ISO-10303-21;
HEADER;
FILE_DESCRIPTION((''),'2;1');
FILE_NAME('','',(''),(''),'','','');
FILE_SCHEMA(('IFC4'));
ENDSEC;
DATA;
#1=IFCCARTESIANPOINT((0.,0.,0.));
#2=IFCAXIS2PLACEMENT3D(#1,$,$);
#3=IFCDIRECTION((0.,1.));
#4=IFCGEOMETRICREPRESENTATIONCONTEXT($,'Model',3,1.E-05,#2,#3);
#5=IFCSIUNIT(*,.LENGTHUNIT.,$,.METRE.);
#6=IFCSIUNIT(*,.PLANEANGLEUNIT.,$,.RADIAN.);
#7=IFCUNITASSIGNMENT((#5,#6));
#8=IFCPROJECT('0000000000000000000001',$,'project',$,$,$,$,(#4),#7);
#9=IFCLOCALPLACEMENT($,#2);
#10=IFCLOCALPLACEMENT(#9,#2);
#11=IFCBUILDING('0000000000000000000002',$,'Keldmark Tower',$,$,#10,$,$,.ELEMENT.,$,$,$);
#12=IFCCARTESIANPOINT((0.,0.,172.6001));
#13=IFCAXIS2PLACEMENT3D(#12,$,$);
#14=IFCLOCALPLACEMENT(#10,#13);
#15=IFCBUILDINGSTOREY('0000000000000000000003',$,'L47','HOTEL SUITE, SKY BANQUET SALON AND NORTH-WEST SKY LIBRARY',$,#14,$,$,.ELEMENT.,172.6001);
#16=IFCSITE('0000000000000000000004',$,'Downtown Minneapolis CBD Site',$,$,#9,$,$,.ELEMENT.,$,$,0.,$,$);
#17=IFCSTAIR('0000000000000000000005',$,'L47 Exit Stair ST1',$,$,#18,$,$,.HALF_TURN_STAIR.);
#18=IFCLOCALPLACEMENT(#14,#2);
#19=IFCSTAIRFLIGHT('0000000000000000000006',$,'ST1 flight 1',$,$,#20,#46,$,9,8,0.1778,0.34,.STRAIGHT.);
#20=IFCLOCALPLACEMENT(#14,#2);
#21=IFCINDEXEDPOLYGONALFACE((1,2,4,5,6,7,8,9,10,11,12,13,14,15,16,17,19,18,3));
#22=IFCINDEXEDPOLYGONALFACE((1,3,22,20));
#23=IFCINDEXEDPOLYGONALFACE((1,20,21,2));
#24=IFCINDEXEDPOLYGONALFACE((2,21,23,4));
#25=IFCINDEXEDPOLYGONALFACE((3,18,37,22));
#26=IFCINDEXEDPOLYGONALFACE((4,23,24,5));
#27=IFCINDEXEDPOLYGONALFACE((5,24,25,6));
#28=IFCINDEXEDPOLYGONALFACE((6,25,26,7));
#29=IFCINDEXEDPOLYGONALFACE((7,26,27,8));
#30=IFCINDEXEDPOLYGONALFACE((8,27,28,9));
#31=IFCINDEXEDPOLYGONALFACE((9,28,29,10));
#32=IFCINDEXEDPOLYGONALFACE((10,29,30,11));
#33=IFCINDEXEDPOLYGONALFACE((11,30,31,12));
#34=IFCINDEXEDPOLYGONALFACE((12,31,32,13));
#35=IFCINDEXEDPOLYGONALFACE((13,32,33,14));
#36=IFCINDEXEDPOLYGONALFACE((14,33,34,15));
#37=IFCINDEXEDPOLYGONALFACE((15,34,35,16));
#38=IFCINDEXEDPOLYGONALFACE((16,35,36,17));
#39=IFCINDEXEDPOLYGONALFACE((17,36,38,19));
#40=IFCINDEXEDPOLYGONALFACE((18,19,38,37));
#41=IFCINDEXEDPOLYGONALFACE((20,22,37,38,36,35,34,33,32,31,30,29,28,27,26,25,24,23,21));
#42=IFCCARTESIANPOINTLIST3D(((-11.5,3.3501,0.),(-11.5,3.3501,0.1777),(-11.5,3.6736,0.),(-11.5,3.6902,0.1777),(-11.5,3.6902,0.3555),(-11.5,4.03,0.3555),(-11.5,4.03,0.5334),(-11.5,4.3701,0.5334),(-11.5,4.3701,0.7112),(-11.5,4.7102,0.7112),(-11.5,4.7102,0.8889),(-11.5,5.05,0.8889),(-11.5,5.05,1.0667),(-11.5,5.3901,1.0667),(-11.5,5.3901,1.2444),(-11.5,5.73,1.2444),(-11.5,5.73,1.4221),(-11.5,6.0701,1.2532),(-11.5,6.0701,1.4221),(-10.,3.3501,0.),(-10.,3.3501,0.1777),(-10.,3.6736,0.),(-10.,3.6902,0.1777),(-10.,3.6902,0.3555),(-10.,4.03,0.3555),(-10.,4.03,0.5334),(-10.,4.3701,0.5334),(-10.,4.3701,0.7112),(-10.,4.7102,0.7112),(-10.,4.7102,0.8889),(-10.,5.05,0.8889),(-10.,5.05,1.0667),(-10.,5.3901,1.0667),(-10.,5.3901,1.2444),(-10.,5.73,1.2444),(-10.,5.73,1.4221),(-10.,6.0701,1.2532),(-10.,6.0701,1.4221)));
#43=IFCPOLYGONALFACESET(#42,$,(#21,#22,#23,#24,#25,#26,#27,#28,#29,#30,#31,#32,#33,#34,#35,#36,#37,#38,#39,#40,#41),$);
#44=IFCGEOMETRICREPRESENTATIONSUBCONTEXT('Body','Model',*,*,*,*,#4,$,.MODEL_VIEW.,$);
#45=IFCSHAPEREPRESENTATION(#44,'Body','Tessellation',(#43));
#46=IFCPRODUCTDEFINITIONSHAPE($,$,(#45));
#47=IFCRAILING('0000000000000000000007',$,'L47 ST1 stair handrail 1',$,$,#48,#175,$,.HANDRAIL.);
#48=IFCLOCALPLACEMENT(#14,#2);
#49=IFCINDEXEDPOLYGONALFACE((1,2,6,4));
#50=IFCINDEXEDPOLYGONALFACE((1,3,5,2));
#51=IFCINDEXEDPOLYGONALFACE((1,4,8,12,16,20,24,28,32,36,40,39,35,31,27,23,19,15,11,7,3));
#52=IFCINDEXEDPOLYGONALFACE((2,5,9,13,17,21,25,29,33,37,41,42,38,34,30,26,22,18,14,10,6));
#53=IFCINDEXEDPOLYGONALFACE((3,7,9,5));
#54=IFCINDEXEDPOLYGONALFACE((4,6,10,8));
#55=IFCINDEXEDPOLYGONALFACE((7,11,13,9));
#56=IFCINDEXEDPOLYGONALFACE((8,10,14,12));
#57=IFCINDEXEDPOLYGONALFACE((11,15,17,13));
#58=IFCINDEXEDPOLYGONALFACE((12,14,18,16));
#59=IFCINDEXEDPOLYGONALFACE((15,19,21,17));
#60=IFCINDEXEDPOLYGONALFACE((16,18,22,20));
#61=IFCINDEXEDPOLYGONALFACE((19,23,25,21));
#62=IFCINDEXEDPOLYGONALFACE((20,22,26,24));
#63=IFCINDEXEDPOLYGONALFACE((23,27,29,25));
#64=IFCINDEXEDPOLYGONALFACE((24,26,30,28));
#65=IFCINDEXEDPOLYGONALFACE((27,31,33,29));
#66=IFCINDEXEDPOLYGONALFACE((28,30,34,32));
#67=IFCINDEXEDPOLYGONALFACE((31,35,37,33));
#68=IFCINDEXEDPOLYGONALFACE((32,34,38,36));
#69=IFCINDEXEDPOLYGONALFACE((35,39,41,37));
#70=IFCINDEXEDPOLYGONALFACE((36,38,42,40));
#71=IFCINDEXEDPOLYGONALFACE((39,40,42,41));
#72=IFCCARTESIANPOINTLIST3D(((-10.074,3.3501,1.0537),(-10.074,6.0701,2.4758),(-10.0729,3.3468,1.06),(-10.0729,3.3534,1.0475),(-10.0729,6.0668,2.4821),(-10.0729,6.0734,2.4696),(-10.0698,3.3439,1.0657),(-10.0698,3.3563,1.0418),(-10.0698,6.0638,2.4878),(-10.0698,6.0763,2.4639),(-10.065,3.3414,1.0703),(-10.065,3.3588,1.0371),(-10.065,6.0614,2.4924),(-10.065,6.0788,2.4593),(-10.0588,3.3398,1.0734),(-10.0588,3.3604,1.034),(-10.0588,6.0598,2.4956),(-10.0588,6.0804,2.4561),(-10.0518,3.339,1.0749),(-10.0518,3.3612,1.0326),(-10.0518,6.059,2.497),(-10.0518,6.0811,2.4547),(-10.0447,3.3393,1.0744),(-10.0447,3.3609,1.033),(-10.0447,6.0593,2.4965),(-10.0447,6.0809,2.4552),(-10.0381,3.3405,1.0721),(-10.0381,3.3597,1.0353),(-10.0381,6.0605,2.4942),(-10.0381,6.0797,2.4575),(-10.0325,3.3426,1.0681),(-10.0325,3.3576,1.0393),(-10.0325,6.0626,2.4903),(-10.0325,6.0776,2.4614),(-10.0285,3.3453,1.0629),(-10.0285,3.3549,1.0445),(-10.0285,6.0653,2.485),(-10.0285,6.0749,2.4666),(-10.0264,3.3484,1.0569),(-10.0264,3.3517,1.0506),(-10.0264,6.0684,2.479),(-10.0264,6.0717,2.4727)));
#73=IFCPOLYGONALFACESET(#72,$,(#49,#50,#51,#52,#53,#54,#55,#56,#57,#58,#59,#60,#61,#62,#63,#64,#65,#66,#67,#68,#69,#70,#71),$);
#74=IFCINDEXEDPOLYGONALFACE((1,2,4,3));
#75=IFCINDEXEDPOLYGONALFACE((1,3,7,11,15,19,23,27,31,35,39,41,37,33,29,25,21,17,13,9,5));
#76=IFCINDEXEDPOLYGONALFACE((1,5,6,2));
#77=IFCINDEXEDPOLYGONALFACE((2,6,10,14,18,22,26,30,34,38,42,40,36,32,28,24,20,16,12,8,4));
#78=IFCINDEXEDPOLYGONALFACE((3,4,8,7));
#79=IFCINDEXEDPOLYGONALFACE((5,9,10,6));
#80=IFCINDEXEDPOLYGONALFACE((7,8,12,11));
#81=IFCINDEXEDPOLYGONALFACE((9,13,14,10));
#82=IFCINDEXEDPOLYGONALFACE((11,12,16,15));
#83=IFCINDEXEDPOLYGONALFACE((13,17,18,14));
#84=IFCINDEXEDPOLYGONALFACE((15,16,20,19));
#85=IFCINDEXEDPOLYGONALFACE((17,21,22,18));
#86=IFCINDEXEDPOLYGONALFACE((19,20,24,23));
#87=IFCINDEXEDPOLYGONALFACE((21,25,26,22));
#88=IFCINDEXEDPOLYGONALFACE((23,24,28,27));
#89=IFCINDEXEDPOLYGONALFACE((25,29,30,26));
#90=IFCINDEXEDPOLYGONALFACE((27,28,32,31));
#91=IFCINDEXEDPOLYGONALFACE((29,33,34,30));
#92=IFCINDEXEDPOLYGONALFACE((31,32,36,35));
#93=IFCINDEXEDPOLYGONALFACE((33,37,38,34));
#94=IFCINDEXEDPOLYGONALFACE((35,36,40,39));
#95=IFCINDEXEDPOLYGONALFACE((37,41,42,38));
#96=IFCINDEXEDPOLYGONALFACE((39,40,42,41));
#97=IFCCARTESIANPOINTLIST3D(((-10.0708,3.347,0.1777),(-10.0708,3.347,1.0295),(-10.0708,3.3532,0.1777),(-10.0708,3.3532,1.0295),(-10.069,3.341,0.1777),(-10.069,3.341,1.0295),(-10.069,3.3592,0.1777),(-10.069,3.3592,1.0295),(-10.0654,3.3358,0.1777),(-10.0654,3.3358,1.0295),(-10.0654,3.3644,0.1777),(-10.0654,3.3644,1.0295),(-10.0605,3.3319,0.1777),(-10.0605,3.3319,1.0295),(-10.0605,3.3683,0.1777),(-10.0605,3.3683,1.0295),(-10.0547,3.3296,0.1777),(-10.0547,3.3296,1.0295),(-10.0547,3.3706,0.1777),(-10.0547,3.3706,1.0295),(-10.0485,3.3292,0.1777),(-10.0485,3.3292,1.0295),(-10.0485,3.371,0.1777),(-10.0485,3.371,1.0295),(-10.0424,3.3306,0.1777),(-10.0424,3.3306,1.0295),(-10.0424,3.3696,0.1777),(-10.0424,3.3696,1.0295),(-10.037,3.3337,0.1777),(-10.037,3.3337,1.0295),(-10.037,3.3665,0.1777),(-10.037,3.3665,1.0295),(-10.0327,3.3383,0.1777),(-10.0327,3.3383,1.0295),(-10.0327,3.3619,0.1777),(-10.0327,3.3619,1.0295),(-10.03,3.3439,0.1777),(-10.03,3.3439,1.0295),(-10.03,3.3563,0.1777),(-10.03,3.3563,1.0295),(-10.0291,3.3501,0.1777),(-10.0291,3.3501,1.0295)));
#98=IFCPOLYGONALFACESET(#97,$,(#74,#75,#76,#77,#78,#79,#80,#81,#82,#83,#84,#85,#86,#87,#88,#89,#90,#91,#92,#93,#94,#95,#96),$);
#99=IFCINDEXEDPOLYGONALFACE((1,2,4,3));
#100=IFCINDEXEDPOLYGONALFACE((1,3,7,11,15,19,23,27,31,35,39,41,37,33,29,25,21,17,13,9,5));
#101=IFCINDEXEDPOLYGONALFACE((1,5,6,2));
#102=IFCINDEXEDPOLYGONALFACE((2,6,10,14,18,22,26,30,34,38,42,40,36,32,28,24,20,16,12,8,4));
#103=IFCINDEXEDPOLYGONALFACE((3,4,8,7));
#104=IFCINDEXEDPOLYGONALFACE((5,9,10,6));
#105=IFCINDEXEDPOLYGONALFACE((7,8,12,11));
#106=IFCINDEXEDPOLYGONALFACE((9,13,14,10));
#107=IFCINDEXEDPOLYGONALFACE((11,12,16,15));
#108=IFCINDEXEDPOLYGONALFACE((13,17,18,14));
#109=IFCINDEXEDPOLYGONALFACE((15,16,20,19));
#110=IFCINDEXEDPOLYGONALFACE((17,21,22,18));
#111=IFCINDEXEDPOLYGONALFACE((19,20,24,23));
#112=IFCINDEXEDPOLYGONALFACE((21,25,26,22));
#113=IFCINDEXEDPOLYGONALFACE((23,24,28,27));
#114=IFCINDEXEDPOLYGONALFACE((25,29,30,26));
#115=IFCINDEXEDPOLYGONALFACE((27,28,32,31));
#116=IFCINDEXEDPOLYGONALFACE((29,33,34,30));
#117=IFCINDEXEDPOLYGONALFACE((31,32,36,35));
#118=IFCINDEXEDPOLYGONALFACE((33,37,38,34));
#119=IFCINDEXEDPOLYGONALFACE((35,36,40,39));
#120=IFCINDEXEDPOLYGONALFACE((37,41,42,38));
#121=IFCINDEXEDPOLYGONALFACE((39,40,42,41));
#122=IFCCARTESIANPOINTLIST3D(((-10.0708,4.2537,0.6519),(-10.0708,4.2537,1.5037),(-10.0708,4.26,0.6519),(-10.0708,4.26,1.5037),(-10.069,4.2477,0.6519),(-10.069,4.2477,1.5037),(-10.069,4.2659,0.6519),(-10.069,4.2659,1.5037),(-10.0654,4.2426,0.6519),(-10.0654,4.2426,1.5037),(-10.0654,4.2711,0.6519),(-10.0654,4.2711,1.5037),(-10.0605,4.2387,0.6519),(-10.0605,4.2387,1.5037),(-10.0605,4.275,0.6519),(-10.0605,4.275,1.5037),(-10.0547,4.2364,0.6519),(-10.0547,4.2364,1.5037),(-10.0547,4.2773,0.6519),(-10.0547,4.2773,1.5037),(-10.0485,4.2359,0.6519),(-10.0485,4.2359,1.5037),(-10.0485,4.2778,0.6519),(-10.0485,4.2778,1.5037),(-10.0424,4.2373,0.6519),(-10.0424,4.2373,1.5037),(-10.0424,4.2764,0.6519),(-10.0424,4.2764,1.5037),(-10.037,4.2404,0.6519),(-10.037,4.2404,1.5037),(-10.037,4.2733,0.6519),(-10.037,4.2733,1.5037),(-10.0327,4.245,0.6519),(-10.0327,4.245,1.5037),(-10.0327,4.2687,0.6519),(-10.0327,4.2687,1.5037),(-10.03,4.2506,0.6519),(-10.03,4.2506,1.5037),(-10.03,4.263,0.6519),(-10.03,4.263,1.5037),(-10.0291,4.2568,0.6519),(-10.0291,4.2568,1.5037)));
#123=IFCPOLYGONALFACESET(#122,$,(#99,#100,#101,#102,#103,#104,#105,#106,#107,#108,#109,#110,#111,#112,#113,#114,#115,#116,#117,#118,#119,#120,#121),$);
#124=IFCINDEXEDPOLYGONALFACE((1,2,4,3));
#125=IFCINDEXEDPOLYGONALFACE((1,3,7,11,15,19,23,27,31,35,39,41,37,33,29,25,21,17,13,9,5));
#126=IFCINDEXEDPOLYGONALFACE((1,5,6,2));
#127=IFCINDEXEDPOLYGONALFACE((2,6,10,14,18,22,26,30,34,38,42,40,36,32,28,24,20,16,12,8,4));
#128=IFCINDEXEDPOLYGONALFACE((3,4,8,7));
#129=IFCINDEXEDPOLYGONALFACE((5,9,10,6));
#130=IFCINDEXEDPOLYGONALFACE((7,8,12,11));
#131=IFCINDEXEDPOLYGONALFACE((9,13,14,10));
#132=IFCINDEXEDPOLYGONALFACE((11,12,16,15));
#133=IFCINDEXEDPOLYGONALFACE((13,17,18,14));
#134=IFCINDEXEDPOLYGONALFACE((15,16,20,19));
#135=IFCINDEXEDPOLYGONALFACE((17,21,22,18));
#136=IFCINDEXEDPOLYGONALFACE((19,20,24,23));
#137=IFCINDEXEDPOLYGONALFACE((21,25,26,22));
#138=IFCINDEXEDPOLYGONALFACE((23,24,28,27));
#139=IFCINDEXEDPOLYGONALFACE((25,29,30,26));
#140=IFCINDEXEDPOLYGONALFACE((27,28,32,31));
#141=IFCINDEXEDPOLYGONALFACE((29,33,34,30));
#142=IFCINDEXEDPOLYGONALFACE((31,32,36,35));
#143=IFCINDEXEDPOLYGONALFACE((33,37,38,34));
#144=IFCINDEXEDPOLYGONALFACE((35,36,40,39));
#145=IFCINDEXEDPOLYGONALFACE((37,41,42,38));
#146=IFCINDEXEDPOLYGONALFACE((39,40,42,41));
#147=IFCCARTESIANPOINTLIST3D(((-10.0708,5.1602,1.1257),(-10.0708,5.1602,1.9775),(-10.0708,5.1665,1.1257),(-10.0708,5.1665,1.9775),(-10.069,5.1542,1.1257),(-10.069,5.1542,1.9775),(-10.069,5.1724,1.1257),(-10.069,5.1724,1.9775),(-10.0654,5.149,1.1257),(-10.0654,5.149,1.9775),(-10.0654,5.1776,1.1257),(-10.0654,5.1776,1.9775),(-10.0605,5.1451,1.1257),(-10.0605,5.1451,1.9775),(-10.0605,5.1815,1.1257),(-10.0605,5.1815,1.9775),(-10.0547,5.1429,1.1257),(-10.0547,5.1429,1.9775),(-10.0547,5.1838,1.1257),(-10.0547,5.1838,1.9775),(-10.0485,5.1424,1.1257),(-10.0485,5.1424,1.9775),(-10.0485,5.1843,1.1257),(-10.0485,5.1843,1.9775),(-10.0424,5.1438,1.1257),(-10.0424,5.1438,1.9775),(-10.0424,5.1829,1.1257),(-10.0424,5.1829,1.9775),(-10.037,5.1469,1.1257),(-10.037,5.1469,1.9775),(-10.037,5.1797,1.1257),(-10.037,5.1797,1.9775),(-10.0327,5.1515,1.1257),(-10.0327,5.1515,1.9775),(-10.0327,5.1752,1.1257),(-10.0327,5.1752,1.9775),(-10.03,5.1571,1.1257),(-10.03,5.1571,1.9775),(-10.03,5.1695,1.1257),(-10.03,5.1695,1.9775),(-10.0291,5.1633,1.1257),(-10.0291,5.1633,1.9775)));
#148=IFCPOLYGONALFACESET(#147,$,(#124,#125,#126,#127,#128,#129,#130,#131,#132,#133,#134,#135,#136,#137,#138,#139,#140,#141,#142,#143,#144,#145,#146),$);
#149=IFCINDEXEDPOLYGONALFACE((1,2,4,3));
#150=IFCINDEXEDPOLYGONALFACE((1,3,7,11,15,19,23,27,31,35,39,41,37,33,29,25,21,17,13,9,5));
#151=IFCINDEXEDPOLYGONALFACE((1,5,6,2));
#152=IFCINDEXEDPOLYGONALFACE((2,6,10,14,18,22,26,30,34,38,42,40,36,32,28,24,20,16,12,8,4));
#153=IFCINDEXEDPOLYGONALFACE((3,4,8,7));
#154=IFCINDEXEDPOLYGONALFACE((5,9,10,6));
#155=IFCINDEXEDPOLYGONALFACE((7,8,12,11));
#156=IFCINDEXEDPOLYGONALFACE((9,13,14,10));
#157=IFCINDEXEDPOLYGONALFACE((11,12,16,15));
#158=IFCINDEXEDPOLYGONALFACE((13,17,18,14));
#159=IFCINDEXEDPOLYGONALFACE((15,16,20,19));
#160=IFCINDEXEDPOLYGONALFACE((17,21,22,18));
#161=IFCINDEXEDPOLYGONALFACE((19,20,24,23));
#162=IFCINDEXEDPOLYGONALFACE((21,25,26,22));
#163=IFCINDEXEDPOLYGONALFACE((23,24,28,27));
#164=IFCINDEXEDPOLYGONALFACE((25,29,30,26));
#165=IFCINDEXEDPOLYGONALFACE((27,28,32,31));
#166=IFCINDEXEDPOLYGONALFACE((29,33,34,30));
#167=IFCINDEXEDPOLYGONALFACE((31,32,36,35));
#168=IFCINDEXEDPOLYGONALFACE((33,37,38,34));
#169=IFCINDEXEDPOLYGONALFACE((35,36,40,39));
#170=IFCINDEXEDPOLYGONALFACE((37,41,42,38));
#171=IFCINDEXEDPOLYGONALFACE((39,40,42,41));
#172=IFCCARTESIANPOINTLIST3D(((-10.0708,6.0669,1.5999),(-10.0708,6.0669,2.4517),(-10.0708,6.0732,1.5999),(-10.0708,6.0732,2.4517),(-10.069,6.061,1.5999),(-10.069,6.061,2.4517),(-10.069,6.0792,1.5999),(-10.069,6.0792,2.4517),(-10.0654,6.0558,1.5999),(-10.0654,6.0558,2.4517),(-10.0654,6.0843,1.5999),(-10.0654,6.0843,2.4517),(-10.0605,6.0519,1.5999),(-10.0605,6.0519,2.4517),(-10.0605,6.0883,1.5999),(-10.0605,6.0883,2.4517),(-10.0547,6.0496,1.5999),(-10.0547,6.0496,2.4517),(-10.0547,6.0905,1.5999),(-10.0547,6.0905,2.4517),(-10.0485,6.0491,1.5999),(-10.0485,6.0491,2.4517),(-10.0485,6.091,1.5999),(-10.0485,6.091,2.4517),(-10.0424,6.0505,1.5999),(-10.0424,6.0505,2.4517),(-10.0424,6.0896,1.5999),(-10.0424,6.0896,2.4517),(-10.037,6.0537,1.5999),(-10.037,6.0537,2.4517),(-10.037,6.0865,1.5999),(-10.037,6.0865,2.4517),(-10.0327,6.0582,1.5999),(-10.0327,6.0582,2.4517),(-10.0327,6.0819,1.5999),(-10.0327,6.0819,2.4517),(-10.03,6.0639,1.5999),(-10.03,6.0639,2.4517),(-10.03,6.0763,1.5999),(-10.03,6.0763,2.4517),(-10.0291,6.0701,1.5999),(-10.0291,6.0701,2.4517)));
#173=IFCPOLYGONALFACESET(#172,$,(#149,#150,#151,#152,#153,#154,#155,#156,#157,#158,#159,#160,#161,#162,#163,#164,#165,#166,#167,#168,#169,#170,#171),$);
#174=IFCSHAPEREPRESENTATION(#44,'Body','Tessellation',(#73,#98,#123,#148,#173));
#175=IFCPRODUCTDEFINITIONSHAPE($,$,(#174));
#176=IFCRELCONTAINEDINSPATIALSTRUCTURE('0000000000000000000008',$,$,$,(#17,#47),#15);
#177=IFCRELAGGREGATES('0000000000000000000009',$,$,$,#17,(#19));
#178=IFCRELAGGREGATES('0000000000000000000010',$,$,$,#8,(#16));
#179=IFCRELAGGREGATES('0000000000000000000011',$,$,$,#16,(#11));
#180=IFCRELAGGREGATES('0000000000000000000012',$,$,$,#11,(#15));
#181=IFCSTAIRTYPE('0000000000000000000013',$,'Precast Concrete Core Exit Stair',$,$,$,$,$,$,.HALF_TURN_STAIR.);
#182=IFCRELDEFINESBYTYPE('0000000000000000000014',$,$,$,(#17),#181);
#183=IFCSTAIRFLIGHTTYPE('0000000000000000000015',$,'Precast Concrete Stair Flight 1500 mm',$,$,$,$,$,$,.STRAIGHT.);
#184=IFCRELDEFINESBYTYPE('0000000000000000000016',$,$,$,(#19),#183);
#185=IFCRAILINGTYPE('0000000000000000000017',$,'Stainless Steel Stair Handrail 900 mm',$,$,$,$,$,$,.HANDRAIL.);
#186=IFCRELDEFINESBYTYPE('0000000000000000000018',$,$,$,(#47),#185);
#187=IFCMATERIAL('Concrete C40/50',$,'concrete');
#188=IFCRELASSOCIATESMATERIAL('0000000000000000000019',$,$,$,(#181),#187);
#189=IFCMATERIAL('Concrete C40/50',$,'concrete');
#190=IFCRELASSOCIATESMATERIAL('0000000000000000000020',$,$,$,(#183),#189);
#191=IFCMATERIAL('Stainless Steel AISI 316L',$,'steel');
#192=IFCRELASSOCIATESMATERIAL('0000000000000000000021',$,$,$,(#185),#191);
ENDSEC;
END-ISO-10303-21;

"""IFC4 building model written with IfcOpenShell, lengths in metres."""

from ifc_helpers import new_model, si_unit, direction, frame, origin, origin_2d, place, context, subcontext, project, spatial, polyline, circle, outline, extrude, material, type_object, element, aggregate, save


model = new_model("IFC4")

# Units and contexts
model_context = context("Model", 3, precision=1e-05, world=origin(), true_north=direction((0.0, 1.0)))
body_context = subcontext(model_context, "Body", "Model", "MODEL_VIEW")
ifc_project = project(units=[si_unit("LENGTHUNIT", "METRE"), si_unit("PLANEANGLEUNIT", "RADIAN")], contexts=[model_context])

# Site, building, storey
site_placement = place(None, origin())
site = spatial("IfcSite", under=ifc_project, at=site_placement, Name="Downtown Minneapolis CBD Site", CompositionType="ELEMENT", RefElevation=0.0)
building_placement = place(site_placement, origin())
building = spatial("IfcBuilding", under=site, at=building_placement, Name="Keldmark Tower", CompositionType="ELEMENT")
storey_placement = place(building_placement, frame((0.0, 0.0, 172.6001)))
storey = spatial("IfcBuildingStorey", under=building, at=storey_placement, Name="L47", Description="HOTEL SUITE, SKY BANQUET SALON AND NORTH-WEST SKY LIBRARY", CompositionType="ELEMENT", Elevation=172.6001)

# Stair, stair flight
ifc_material_1 = material(Name="Concrete C40/50", Category="concrete")
stair_type = type_object("IfcStairType", Name="Precast Concrete Core Exit Stair", PredefinedType="HALF_TURN_STAIR", material=ifc_material_1)
stair_placement = place(storey_placement, origin())
stair = element("IfcStair", 1, at=stair_placement, inside=storey, type_object=stair_type, Name="L47 Exit Stair ST1", PredefinedType="HALF_TURN_STAIR")
ifc_material_2 = material(Name="Concrete C40/50", Category="concrete")
stair_flight_type = type_object("IfcStairFlightType", Name="Precast Concrete Stair Flight 1500 mm", PredefinedType="STRAIGHT", material=ifc_material_2)
stair_flight_placement = place(storey_placement, frame((-10.75, 3.3501, 0.0), z_axis=(0.0, 0.0, 1.0), x_axis=(0.0, 1.0, 0.0)))
stair_flight = element("IfcStairFlight", 2, at=stair_flight_placement, type_object=stair_flight_type, Name="ST1 flight 1", NumberOfRisers=9, NumberOfTreads=8, PredefinedType="STRAIGHT", RiserHeight=0.1778, TreadLength=0.34, context=body_context, shape_type="SweptSolid", body=[
    extrude(outline(polyline([(0.0, 0.0), (0.0, 0.1777), (0.3401, 0.1777), (0.3401, 0.3555), (0.6799, 0.3555), (0.6799, 0.5334), (1.02, 0.5334), (1.02, 0.7112), (1.3601, 0.7112), (1.3601, 0.8889), (1.7, 0.8889), (1.7, 1.0667), (2.04, 1.0667), (2.04, 1.2444), (2.3799, 1.2444), (2.3799, 1.4221), (2.72, 1.4221), (2.72, 1.6001), (2.72, 1.2532), (0.3235, 0.0), (0.0, 0.0)])), frame((0.0, 0.75, 0.0), z_axis=(0.0, -1.0, 0.0), x_axis=(1.0, 0.0, 0.0)), (0.0, 0.0, 1.0), 1.5),
])
aggregate(stair, [stair_flight])

# Railing
ifc_material_3 = material(Name="Stainless Steel AISI 316L", Category="steel")
railing_type = type_object("IfcRailingType", Name="Stainless Steel Stair Handrail 900 mm", PredefinedType="HANDRAIL", material=ifc_material_3)
railing_placement = place(storey_placement, frame((-10.05, 3.3501, 0.1777)))
element("IfcRailing", 3, at=railing_placement, inside=storey, type_object=railing_type, Name="L47 ST1 stair handrail 1", PredefinedType="HANDRAIL", context=body_context, shape_type="SweptSolid", body=[
    extrude(circle(Radius=0.0239, at=origin_2d()), frame((0.0, 0.0, 0.876), z_axis=(0.0, 0.886183, 0.463335), x_axis=(-1.0, 0.0, 0.0)), (0.0, 0.0, 1.0), 3.0693),
    extrude(circle(Radius=0.021, at=origin_2d()), origin(), (0.0, 0.0, 1.0), 0.8518),
    extrude(circle(Radius=0.021, at=origin_2d()), frame((0.0, 0.9067, 0.4741)), (0.0, 0.0, 1.0), 0.8518),
    extrude(circle(Radius=0.021, at=origin_2d()), frame((0.0, 1.8132, 0.948)), (0.0, 0.0, 1.0), 0.8518),
    extrude(circle(Radius=0.021, at=origin_2d()), frame((0.0, 2.72, 1.4221)), (0.0, 0.0, 1.0), 0.8518),
])

save(model, "model.ifc")
